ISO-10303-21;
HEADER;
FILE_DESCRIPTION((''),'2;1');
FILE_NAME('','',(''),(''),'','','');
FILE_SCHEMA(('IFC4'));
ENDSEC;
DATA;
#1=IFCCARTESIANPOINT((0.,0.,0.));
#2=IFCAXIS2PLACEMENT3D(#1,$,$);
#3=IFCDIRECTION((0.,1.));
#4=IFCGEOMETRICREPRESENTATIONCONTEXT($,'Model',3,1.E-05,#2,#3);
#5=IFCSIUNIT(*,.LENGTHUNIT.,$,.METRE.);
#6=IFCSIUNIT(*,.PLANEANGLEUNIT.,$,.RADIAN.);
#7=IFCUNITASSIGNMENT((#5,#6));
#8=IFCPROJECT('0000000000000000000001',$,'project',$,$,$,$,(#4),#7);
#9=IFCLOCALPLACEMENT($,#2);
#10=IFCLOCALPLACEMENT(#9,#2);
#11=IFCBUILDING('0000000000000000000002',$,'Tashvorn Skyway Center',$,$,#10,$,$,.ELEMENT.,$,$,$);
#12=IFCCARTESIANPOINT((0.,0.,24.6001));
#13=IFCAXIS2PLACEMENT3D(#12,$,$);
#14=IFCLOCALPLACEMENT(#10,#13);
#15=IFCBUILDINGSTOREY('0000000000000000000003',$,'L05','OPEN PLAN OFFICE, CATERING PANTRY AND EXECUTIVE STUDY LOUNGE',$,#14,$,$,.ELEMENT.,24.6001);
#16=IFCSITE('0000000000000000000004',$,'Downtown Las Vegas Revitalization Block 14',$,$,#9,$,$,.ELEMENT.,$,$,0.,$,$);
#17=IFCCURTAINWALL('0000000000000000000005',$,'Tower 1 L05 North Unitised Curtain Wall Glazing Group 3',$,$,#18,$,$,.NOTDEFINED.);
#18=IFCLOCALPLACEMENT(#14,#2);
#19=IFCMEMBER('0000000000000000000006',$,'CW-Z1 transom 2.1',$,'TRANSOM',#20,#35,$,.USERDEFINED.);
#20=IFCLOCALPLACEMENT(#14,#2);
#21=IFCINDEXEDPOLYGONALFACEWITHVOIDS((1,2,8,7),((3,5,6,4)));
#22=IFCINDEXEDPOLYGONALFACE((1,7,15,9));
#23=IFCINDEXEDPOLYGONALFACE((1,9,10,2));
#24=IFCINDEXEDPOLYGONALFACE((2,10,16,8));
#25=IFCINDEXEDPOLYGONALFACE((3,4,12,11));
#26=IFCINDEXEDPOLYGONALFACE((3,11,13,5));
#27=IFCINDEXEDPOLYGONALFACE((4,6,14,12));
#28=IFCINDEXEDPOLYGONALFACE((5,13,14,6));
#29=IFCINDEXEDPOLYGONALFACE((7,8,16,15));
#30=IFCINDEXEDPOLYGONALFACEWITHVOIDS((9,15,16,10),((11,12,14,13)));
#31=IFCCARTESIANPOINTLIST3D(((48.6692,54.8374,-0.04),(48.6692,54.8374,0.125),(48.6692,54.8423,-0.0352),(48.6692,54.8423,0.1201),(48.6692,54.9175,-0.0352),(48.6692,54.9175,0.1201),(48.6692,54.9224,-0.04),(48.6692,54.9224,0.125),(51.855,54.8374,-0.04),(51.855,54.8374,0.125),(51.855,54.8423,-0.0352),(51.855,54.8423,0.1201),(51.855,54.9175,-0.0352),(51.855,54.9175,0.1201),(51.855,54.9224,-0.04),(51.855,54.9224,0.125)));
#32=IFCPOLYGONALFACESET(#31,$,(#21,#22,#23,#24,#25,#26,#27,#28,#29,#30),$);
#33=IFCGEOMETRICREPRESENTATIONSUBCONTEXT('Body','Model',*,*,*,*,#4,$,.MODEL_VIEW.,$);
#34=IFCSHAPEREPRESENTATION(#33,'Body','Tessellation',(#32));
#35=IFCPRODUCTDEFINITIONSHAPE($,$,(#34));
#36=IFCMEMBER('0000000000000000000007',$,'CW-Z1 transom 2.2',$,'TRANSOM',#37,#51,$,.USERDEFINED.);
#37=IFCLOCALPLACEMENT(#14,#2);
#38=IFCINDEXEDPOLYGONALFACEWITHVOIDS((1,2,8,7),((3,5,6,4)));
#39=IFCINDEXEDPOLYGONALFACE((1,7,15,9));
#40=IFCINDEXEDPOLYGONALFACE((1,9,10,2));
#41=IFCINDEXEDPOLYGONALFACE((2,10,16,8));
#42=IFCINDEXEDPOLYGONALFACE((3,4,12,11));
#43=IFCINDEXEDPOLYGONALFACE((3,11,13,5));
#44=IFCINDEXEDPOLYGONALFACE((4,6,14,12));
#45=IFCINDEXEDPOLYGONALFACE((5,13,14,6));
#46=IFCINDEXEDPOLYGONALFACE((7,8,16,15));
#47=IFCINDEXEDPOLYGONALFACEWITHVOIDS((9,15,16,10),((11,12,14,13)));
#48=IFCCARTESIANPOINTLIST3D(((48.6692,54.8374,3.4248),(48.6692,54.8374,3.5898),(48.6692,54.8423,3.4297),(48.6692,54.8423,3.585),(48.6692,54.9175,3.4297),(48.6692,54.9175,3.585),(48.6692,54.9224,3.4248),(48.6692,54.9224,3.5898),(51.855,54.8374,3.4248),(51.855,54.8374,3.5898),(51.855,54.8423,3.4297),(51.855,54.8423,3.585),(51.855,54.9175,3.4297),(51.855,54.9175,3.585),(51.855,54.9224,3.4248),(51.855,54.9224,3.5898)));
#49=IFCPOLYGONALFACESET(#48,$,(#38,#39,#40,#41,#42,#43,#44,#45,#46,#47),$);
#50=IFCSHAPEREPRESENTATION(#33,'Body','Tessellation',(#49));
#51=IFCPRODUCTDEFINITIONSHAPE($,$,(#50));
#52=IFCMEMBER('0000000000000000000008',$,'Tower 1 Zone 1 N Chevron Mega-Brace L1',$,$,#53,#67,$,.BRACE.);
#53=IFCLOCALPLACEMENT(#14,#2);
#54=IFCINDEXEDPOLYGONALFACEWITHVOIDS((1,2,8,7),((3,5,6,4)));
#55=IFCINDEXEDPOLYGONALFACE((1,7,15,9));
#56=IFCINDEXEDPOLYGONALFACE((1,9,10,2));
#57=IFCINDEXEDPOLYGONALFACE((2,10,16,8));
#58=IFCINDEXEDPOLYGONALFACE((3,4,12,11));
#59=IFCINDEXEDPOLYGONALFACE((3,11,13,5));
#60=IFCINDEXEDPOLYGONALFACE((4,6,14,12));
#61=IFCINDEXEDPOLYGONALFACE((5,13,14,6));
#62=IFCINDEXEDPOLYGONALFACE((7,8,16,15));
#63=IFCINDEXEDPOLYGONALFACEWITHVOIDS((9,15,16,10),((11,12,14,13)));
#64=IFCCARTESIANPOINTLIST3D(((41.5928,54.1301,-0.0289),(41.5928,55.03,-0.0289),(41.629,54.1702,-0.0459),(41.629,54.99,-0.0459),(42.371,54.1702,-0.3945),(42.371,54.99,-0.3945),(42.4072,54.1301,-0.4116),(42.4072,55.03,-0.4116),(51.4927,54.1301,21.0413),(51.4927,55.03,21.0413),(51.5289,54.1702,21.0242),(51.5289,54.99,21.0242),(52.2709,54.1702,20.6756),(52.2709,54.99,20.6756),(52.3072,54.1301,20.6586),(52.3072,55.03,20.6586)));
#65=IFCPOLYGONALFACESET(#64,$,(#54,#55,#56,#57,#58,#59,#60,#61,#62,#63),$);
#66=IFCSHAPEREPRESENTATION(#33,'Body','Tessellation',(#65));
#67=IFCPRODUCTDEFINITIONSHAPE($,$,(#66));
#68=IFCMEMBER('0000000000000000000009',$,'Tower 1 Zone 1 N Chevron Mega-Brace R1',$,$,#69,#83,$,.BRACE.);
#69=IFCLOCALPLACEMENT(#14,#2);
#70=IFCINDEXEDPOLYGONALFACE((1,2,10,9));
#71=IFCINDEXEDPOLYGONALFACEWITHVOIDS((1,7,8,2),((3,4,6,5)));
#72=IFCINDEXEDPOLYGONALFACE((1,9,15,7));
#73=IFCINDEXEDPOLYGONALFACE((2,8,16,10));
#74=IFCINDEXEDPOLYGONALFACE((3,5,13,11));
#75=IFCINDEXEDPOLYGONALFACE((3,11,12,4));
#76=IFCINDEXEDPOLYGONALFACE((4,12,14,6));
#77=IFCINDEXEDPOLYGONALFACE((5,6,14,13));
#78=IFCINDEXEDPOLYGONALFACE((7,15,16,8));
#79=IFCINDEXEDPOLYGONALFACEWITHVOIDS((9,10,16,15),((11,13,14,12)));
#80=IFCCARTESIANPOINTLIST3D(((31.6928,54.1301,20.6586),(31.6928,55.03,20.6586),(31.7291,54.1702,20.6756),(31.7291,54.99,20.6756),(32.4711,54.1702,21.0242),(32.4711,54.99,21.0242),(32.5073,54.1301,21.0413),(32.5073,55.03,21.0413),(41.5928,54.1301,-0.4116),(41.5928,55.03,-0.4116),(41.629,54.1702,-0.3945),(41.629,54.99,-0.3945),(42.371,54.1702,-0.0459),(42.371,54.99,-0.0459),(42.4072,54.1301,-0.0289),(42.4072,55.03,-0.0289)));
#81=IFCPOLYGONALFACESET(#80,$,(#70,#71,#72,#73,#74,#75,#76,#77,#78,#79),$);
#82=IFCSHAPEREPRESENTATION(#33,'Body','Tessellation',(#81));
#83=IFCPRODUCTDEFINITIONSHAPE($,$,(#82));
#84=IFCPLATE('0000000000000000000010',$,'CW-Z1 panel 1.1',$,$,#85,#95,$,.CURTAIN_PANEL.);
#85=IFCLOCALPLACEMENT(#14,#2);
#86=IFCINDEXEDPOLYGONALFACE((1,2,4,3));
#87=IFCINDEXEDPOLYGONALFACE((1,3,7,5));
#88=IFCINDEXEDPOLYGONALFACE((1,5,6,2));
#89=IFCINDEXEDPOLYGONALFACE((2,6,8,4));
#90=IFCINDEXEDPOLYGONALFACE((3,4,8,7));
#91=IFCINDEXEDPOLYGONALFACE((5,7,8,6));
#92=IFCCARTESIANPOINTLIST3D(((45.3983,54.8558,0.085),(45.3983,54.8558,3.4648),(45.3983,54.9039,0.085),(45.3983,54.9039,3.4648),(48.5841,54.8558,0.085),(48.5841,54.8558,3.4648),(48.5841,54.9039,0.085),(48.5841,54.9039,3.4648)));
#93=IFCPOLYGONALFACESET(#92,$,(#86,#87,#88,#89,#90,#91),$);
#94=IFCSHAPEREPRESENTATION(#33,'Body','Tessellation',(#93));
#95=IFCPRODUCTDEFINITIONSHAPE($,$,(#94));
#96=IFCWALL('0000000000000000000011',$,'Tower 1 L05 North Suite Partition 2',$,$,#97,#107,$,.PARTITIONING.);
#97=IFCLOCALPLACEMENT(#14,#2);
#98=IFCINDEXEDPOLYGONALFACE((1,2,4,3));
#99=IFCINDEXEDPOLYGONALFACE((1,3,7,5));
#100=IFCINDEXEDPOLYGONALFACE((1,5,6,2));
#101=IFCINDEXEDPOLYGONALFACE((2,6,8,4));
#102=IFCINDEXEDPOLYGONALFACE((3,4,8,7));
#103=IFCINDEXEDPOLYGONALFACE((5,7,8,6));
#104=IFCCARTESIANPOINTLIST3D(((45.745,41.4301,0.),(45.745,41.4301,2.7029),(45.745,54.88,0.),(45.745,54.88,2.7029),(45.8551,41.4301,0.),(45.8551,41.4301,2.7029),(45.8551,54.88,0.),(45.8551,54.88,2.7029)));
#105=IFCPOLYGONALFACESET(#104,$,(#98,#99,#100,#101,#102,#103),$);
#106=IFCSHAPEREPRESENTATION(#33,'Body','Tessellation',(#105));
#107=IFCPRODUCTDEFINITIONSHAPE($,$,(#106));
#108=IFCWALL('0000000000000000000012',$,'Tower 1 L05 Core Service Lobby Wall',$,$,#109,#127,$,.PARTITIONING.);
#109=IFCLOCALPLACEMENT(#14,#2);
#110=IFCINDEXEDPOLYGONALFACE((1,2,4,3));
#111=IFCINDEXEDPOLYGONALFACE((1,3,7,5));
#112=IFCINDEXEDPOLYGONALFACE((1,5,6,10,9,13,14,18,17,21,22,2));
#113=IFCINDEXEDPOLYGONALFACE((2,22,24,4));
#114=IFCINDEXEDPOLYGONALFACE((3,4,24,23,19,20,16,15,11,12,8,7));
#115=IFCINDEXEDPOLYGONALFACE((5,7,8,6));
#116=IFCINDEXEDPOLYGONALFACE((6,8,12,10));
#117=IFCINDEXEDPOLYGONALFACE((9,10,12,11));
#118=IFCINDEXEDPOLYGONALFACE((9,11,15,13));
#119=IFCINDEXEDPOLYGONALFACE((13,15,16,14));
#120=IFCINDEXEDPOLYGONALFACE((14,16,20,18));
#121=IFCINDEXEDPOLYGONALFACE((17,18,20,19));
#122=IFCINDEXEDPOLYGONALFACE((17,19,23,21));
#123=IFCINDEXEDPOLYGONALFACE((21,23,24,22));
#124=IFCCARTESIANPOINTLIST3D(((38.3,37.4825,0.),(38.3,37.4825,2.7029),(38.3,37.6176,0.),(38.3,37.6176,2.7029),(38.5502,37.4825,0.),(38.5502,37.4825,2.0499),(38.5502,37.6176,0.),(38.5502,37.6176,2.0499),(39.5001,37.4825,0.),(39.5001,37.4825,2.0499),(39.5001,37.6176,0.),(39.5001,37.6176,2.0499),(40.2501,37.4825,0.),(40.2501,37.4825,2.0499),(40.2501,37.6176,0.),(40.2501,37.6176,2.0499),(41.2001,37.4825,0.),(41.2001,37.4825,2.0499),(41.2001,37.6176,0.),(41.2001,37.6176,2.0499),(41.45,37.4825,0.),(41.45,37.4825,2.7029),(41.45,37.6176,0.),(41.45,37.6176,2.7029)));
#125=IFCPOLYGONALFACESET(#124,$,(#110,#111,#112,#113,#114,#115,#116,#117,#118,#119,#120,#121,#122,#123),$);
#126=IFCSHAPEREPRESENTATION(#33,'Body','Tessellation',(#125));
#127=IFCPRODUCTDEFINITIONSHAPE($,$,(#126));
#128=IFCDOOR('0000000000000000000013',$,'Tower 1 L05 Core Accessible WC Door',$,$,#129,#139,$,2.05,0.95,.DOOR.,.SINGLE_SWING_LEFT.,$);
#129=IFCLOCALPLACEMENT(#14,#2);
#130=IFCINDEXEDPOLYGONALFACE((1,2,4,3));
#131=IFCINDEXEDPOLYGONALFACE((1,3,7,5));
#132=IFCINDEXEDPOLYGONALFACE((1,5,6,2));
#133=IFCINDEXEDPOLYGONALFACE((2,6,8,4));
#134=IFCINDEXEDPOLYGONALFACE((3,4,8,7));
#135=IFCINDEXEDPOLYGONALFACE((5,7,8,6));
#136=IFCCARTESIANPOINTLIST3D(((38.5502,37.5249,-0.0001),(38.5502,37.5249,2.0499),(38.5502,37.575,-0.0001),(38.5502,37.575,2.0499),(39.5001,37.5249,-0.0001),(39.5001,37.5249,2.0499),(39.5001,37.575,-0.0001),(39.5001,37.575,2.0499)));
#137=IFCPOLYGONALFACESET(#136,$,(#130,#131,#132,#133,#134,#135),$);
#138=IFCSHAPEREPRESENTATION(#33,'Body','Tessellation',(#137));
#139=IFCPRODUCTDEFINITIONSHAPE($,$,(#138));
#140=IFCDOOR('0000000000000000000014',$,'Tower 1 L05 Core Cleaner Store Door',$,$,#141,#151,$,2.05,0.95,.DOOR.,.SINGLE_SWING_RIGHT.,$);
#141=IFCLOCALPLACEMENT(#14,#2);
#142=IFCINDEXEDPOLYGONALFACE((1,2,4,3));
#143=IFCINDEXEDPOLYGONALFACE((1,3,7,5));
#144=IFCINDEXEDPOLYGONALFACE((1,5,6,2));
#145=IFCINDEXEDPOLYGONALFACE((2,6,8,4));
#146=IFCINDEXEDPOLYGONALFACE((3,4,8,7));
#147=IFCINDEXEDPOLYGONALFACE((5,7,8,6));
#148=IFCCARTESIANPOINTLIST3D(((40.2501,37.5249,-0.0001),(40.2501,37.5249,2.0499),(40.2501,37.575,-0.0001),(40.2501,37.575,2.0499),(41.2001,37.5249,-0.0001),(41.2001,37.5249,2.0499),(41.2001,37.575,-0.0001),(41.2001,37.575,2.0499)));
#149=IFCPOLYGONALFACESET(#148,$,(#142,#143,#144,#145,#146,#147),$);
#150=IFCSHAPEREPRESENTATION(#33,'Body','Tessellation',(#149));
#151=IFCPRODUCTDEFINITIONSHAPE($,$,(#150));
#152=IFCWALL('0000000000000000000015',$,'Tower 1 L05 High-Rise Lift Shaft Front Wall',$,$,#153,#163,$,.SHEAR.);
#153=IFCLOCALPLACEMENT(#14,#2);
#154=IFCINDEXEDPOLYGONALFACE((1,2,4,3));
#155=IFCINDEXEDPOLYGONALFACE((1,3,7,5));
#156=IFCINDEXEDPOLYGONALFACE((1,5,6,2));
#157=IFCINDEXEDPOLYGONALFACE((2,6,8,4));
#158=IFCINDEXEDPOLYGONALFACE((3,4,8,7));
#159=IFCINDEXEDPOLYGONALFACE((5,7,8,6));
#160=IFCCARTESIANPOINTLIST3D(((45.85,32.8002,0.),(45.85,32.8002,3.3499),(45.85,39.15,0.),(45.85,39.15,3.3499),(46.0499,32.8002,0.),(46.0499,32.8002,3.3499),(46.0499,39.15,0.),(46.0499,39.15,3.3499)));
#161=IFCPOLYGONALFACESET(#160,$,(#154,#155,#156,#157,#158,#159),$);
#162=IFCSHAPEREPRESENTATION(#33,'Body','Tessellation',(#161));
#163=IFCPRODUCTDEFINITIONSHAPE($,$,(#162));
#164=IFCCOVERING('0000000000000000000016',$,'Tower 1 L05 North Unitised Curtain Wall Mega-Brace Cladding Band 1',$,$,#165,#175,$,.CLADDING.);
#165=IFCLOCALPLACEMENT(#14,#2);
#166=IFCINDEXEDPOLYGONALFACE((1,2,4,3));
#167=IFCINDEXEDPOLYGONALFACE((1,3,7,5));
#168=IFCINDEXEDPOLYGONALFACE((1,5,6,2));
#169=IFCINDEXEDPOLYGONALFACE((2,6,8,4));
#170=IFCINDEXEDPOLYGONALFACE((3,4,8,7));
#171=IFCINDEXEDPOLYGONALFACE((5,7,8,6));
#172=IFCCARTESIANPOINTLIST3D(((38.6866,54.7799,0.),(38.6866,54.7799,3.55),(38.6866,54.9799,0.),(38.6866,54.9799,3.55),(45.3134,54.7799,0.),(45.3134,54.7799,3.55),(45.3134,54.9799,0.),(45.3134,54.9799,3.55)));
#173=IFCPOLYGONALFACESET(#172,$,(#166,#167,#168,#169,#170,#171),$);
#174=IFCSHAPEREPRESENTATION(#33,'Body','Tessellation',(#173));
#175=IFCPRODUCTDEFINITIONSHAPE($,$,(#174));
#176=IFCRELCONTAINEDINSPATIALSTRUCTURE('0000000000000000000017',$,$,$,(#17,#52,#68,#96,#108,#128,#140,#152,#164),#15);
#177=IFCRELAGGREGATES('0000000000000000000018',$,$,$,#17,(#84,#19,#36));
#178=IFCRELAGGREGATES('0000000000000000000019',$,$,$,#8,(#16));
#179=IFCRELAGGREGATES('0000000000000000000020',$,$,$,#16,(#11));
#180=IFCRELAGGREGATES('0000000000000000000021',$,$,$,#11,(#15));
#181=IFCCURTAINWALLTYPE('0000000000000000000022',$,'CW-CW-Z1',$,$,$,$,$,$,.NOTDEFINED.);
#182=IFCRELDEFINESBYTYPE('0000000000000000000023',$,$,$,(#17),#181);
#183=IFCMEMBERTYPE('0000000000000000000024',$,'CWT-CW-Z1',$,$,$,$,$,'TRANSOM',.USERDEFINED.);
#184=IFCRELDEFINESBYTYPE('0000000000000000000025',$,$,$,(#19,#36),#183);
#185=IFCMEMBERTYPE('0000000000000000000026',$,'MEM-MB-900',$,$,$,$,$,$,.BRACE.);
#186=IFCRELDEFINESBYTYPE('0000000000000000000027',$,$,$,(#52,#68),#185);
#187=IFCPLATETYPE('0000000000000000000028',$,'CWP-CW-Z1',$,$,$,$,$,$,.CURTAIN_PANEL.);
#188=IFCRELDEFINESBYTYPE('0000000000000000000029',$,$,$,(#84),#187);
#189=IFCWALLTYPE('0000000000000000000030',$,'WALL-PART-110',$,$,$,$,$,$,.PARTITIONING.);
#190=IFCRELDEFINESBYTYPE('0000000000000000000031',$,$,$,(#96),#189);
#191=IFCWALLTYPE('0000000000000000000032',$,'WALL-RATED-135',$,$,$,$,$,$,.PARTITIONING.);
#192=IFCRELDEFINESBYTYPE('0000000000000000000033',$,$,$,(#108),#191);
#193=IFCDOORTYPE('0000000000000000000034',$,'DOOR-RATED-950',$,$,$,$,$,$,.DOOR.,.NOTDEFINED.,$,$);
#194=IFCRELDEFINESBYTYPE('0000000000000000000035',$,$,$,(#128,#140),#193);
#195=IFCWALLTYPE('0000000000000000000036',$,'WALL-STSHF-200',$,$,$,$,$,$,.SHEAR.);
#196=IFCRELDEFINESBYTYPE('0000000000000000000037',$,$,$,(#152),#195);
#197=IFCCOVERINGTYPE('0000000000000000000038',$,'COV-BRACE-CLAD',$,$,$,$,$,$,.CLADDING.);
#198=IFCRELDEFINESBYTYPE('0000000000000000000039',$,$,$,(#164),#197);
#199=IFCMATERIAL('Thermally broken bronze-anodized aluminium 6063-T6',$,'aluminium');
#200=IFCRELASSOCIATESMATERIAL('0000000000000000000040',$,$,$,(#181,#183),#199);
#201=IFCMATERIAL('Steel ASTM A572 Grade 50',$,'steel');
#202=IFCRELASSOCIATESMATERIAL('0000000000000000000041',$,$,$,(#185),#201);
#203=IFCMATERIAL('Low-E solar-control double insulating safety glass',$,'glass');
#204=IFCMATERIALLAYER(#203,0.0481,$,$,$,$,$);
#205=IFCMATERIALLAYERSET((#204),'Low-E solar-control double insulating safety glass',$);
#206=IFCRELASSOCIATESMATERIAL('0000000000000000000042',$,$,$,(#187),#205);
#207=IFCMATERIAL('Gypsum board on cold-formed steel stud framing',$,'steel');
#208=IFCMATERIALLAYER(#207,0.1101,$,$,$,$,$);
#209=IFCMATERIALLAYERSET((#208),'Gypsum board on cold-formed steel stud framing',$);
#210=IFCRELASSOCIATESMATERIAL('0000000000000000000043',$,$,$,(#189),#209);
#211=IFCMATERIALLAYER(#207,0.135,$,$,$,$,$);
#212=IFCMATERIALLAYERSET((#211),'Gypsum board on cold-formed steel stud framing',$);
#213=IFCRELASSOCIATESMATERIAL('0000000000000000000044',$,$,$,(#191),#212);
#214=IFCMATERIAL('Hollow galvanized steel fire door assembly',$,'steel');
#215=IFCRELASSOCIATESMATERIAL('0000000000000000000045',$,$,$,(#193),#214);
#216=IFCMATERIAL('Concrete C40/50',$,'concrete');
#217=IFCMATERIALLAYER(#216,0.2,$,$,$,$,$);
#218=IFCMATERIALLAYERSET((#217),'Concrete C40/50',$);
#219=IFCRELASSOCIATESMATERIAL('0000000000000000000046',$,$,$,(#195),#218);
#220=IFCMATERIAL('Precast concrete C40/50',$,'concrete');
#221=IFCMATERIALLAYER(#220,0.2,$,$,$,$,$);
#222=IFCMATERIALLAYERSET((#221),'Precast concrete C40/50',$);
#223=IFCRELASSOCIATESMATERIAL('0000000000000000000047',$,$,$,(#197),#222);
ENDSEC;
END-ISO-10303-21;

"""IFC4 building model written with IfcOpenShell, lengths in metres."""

from ifc_helpers import new_model, si_unit, direction, frame, frame_2d, origin, origin_2d, place, context, subcontext, project, spatial, rectangle, hollow_rectangle, extrude, material, layer, layer_set, material_profile, profile_set, type_object, element, fill, aggregate, save


model = new_model("IFC4")

# Units and contexts
model_context = context("Model", 3, precision=1e-05, world=origin(), true_north=direction((0.0, 1.0)))
body_context = subcontext(model_context, "Body", "Model", "MODEL_VIEW")
ifc_project = project(units=[si_unit("LENGTHUNIT", "METRE"), si_unit("PLANEANGLEUNIT", "RADIAN")], contexts=[model_context])

# Site, building, storey
site_placement = place(None, origin())
site = spatial("IfcSite", under=ifc_project, at=site_placement, Name="Downtown Las Vegas Revitalization Block 14", CompositionType="ELEMENT", RefElevation=0.0)
building_placement = place(site_placement, origin())
building = spatial("IfcBuilding", under=site, at=building_placement, Name="Tashvorn Skyway Center", CompositionType="ELEMENT")
storey_placement = place(building_placement, frame((0.0, 0.0, 24.6001)))
storey = spatial("IfcBuildingStorey", under=building, at=storey_placement, Name="L05", Description="OPEN PLAN OFFICE, CATERING PANTRY AND EXECUTIVE STUDY LOUNGE", CompositionType="ELEMENT", Elevation=24.6001)

# Shared definitions
ifc_material_1 = material(Name="Steel ASTM A572 Grade 50", Category="steel")

# Shared definitions
ifc_material_2 = material(Name="Thermally broken bronze-anodized aluminium 6063-T6", Category="aluminium")
curtain_wall_type = type_object("IfcCurtainWallType", Name="CW-CW-Z1", PredefinedType="NOTDEFINED", material=ifc_material_2)

# Curtain wall, members
curtain_wall_1_placement = place(storey_placement, origin())
curtain_wall_1 = element("IfcCurtainWall", 1, at=curtain_wall_1_placement, inside=storey, type_object=curtain_wall_type, Name="Tower 1 L05 North Unitised Curtain Wall Glazing Group 3", PredefinedType="NOTDEFINED")
ifc_material_profile_1 = material_profile(ifc_material_2, hollow_rectangle(XDim=0.085, YDim=0.165, WallThickness=0.0049, at=origin_2d()), Name="ALU-TRAN-85x165")
ifc_profile_set_1 = profile_set([ifc_material_profile_1], Name="Thermally broken bronze-anodized aluminium 6063-T6")
member_type_1 = type_object("IfcMemberType", Name="CWT-CW-Z1", ElementType="TRANSOM", PredefinedType="USERDEFINED", material=ifc_profile_set_1)
member_1_placement = place(storey_placement, frame((48.6692, 54.8799, 0.0425), z_axis=(1.0, 0.0, 0.0), x_axis=(0.0, 1.0, 0.0)))
member_1 = element("IfcMember", 2, at=member_1_placement, type_object=member_type_1, Name="CW-Z1 transom 2.1", ObjectType="TRANSOM", PredefinedType="USERDEFINED", context=body_context, shape_type="SweptSolid", body=[
    extrude(hollow_rectangle(XDim=0.085, YDim=0.165, WallThickness=0.0049, at=origin_2d()), origin(), (0.0, 0.0, 1.0), 3.1858),
])
member_2_placement = place(storey_placement, frame((48.6692, 54.8799, 3.5073), z_axis=(1.0, 0.0, 0.0), x_axis=(0.0, 1.0, 0.0)))
member_2 = element("IfcMember", 3, at=member_2_placement, type_object=member_type_1, Name="CW-Z1 transom 2.2", ObjectType="TRANSOM", PredefinedType="USERDEFINED", context=body_context, shape_type="SweptSolid", body=[
    extrude(hollow_rectangle(XDim=0.085, YDim=0.165, WallThickness=0.0049, at=origin_2d()), origin(), (0.0, 0.0, 1.0), 3.1858),
])

# Members
ifc_material_profile_2 = material_profile(ifc_material_1, hollow_rectangle(XDim=0.8999, YDim=0.8999, WallThickness=0.04, at=origin_2d()), Name="BOX900x900x40")
ifc_profile_set_2 = profile_set([ifc_material_profile_2], Name="Steel ASTM A572 Grade 50")
member_type_2 = type_object("IfcMemberType", Name="MEM-MB-900", PredefinedType="BRACE", material=ifc_profile_set_2)
for number, where, z_axis, x_axis, name in (
    (4, (42.0, 54.5801, -0.2202), (0.425255, 0.0, 0.905074), (0.0, 1.0, 0.0), "Tower 1 Zone 1 N Chevron Mega-Brace L1"),
    (5, (42.0, 54.5801, -0.2202), (-0.425255, 0.0, 0.905074), (0.0, -1.0, 0.0), "Tower 1 Zone 1 N Chevron Mega-Brace R1"),
):
    element("IfcMember", number, at=place(storey_placement, frame(where, z_axis=z_axis, x_axis=x_axis)), inside=storey, type_object=member_type_2, Name=name, PredefinedType="BRACE", context=body_context, shape_type="SweptSolid", body=[
        extrude(hollow_rectangle(XDim=0.8999, YDim=0.8999, WallThickness=0.04, at=origin_2d()), origin(), (0.0, 0.0, 1.0), 23.28),
    ])

# Plate
ifc_material_3 = material(Name="Low-E solar-control double insulating safety glass", Category="glass")
ifc_layer_1 = layer(ifc_material_3, 0.0481)
ifc_layer_set_1 = layer_set([ifc_layer_1], Name="Low-E solar-control double insulating safety glass")
plate_type = type_object("IfcPlateType", Name="CWP-CW-Z1", PredefinedType="CURTAIN_PANEL", material=ifc_layer_set_1)
plate_placement = place(storey_placement, frame((46.9912, 54.8799, 0.085), z_axis=(0.0, 0.0, 1.0), x_axis=(1.0, 0.0, 0.0)))
plate = element("IfcPlate", 6, at=plate_placement, type_object=plate_type, Name="CW-Z1 panel 1.1", PredefinedType="CURTAIN_PANEL", context=body_context, shape_type="SweptSolid", body=[
    extrude(rectangle(XDim=3.1858, YDim=0.0481, at=origin_2d()), origin(), (0.0, 0.0, 1.0), 3.3799),
])
aggregate(curtain_wall_1, [plate, member_1, member_2])

# Wall
ifc_material_4 = material(Name="Gypsum board on cold-formed steel stud framing", Category="steel")
ifc_layer_2 = layer(ifc_material_4, 0.1101)
ifc_layer_set_2 = layer_set([ifc_layer_2], Name="Gypsum board on cold-formed steel stud framing")
wall_type_1 = type_object("IfcWallType", Name="WALL-PART-110", PredefinedType="PARTITIONING", material=ifc_layer_set_2)
wall_1_placement = place(storey_placement, frame((45.8, 41.4299, 0.0), z_axis=(0.0, 0.0, 1.0), x_axis=(0.0, 1.0, 0.0)))
element("IfcWall", 7, at=wall_1_placement, inside=storey, type_object=wall_type_1, Name="Tower 1 L05 North Suite Partition 2", PredefinedType="PARTITIONING", context=body_context, shape_type="SweptSolid", body=[
    extrude(rectangle(XDim=13.45, YDim=0.1101, at=frame_2d((6.7251, 0.0))), origin(), (0.0, 0.0, 1.0), 2.7029),
])

# Wall, openings, doors
ifc_layer_3 = layer(ifc_material_4, 0.135)
ifc_layer_set_3 = layer_set([ifc_layer_3], Name="Gypsum board on cold-formed steel stud framing")
wall_type_2 = type_object("IfcWallType", Name="WALL-RATED-135", PredefinedType="PARTITIONING", material=ifc_layer_set_3)
wall_2_placement = place(storey_placement, frame((38.3, 37.55, 0.0), z_axis=(0.0, 0.0, 1.0), x_axis=(1.0, 0.0, 0.0)))
wall_2 = element("IfcWall", 8, at=wall_2_placement, inside=storey, type_object=wall_type_2, Name="Tower 1 L05 Core Service Lobby Wall", PredefinedType="PARTITIONING", context=body_context, shape_type="SweptSolid", body=[
    extrude(rectangle(XDim=3.1499, YDim=0.135, at=frame_2d((1.575, 0.0))), origin(), (0.0, 0.0, 1.0), 2.7029),
])
opening_1_placement = place(wall_2_placement, frame((0.25, 0.0, 0.0)))
opening_1 = element("IfcOpeningElement", 9, at=opening_1_placement, cuts=wall_2, PredefinedType="OPENING", context=body_context, shape_type="SweptSolid", body=[
    extrude(rectangle(XDim=0.95, YDim=2.05, at=frame_2d((0.4751, 1.0249))), frame((0.0, 0.0774, 0.0), z_axis=(0.0, -1.0, 0.0), x_axis=(1.0, 0.0, 0.0)), (0.0, 0.0, 1.0), 0.155),
])
opening_2_placement = place(wall_2_placement, frame((1.95, 0.0, 0.0)))
opening_2 = element("IfcOpeningElement", 10, at=opening_2_placement, cuts=wall_2, PredefinedType="OPENING", context=body_context, shape_type="SweptSolid", body=[
    extrude(rectangle(XDim=0.95, YDim=2.05, at=frame_2d((0.4751, 1.0249))), frame((0.0, 0.0774, 0.0), z_axis=(0.0, -1.0, 0.0), x_axis=(1.0, 0.0, 0.0)), (0.0, 0.0, 1.0), 0.155),
])
ifc_material_5 = material(Name="Hollow galvanized steel fire door assembly", Category="steel")
door_type = type_object("IfcDoorType", Name="DOOR-RATED-950", OperationType="NOTDEFINED", PredefinedType="DOOR", material=ifc_material_5)
door_1_placement = place(opening_1_placement, origin())
door_1 = element("IfcDoor", 11, at=door_1_placement, inside=storey, type_object=door_type, Name="Tower 1 L05 Core Accessible WC Door", OperationType="SINGLE_SWING_LEFT", OverallHeight=2.05, OverallWidth=0.95, PredefinedType="DOOR", context=body_context, shape_type="SweptSolid", body=[
    extrude(rectangle(XDim=0.95, YDim=2.05, at=frame_2d((0.4751, 1.0249))), frame((0.0, 0.0249, 0.0), z_axis=(0.0, -1.0, 0.0), x_axis=(1.0, 0.0, 0.0)), (0.0, 0.0, 1.0), 0.05),
])
fill(opening_1, door_1)
door_2_placement = place(opening_2_placement, origin())
door_2 = element("IfcDoor", 12, at=door_2_placement, inside=storey, type_object=door_type, Name="Tower 1 L05 Core Cleaner Store Door", OperationType="SINGLE_SWING_RIGHT", OverallHeight=2.05, OverallWidth=0.95, PredefinedType="DOOR", context=body_context, shape_type="SweptSolid", body=[
    extrude(rectangle(XDim=0.95, YDim=2.05, at=frame_2d((0.4751, 1.0249))), frame((0.0, 0.0249, 0.0), z_axis=(0.0, -1.0, 0.0), x_axis=(1.0, 0.0, 0.0)), (0.0, 0.0, 1.0), 0.05),
])
fill(opening_2, door_2)

# Wall
ifc_material_6 = material(Name="Concrete C40/50", Category="concrete")
ifc_layer_4 = layer(ifc_material_6, 0.2)
ifc_layer_set_4 = layer_set([ifc_layer_4], Name="Concrete C40/50")
wall_type_3 = type_object("IfcWallType", Name="WALL-STSHF-200", PredefinedType="SHEAR", material=ifc_layer_set_4)
wall_3_placement = place(storey_placement, frame((45.95, 39.1499, 0.0), z_axis=(0.0, 0.0, 1.0), x_axis=(0.0, -1.0, 0.0)))
element("IfcWall", 13, at=wall_3_placement, inside=storey, type_object=wall_type_3, Name="Tower 1 L05 High-Rise Lift Shaft Front Wall", PredefinedType="SHEAR", context=body_context, shape_type="SweptSolid", body=[
    extrude(rectangle(XDim=6.3499, YDim=0.2, at=frame_2d((3.1748, 0.0))), origin(), (0.0, 0.0, 1.0), 3.3499),
])

# Covering
ifc_material_7 = material(Name="Precast concrete C40/50", Category="concrete")
ifc_layer_5 = layer(ifc_material_7, 0.2)
ifc_layer_set_5 = layer_set([ifc_layer_5], Name="Precast concrete C40/50")
covering_type_1 = type_object("IfcCoveringType", Name="COV-BRACE-CLAD", PredefinedType="CLADDING", material=ifc_layer_set_5)
covering_placement = place(storey_placement, frame((42.0, 54.8799, 0.0), z_axis=(0.0, 0.0, 1.0), x_axis=(1.0, 0.0, 0.0)))
element("IfcCovering", 14, at=covering_placement, inside=storey, type_object=covering_type_1, Name="Tower 1 L05 North Unitised Curtain Wall Mega-Brace Cladding Band 1", PredefinedType="CLADDING", context=body_context, shape_type="SweptSolid", body=[
    extrude(rectangle(XDim=6.6267, YDim=0.2, at=origin_2d()), origin(), (0.0, 0.0, 1.0), 3.55),
])

save(model, "model.ifc")
